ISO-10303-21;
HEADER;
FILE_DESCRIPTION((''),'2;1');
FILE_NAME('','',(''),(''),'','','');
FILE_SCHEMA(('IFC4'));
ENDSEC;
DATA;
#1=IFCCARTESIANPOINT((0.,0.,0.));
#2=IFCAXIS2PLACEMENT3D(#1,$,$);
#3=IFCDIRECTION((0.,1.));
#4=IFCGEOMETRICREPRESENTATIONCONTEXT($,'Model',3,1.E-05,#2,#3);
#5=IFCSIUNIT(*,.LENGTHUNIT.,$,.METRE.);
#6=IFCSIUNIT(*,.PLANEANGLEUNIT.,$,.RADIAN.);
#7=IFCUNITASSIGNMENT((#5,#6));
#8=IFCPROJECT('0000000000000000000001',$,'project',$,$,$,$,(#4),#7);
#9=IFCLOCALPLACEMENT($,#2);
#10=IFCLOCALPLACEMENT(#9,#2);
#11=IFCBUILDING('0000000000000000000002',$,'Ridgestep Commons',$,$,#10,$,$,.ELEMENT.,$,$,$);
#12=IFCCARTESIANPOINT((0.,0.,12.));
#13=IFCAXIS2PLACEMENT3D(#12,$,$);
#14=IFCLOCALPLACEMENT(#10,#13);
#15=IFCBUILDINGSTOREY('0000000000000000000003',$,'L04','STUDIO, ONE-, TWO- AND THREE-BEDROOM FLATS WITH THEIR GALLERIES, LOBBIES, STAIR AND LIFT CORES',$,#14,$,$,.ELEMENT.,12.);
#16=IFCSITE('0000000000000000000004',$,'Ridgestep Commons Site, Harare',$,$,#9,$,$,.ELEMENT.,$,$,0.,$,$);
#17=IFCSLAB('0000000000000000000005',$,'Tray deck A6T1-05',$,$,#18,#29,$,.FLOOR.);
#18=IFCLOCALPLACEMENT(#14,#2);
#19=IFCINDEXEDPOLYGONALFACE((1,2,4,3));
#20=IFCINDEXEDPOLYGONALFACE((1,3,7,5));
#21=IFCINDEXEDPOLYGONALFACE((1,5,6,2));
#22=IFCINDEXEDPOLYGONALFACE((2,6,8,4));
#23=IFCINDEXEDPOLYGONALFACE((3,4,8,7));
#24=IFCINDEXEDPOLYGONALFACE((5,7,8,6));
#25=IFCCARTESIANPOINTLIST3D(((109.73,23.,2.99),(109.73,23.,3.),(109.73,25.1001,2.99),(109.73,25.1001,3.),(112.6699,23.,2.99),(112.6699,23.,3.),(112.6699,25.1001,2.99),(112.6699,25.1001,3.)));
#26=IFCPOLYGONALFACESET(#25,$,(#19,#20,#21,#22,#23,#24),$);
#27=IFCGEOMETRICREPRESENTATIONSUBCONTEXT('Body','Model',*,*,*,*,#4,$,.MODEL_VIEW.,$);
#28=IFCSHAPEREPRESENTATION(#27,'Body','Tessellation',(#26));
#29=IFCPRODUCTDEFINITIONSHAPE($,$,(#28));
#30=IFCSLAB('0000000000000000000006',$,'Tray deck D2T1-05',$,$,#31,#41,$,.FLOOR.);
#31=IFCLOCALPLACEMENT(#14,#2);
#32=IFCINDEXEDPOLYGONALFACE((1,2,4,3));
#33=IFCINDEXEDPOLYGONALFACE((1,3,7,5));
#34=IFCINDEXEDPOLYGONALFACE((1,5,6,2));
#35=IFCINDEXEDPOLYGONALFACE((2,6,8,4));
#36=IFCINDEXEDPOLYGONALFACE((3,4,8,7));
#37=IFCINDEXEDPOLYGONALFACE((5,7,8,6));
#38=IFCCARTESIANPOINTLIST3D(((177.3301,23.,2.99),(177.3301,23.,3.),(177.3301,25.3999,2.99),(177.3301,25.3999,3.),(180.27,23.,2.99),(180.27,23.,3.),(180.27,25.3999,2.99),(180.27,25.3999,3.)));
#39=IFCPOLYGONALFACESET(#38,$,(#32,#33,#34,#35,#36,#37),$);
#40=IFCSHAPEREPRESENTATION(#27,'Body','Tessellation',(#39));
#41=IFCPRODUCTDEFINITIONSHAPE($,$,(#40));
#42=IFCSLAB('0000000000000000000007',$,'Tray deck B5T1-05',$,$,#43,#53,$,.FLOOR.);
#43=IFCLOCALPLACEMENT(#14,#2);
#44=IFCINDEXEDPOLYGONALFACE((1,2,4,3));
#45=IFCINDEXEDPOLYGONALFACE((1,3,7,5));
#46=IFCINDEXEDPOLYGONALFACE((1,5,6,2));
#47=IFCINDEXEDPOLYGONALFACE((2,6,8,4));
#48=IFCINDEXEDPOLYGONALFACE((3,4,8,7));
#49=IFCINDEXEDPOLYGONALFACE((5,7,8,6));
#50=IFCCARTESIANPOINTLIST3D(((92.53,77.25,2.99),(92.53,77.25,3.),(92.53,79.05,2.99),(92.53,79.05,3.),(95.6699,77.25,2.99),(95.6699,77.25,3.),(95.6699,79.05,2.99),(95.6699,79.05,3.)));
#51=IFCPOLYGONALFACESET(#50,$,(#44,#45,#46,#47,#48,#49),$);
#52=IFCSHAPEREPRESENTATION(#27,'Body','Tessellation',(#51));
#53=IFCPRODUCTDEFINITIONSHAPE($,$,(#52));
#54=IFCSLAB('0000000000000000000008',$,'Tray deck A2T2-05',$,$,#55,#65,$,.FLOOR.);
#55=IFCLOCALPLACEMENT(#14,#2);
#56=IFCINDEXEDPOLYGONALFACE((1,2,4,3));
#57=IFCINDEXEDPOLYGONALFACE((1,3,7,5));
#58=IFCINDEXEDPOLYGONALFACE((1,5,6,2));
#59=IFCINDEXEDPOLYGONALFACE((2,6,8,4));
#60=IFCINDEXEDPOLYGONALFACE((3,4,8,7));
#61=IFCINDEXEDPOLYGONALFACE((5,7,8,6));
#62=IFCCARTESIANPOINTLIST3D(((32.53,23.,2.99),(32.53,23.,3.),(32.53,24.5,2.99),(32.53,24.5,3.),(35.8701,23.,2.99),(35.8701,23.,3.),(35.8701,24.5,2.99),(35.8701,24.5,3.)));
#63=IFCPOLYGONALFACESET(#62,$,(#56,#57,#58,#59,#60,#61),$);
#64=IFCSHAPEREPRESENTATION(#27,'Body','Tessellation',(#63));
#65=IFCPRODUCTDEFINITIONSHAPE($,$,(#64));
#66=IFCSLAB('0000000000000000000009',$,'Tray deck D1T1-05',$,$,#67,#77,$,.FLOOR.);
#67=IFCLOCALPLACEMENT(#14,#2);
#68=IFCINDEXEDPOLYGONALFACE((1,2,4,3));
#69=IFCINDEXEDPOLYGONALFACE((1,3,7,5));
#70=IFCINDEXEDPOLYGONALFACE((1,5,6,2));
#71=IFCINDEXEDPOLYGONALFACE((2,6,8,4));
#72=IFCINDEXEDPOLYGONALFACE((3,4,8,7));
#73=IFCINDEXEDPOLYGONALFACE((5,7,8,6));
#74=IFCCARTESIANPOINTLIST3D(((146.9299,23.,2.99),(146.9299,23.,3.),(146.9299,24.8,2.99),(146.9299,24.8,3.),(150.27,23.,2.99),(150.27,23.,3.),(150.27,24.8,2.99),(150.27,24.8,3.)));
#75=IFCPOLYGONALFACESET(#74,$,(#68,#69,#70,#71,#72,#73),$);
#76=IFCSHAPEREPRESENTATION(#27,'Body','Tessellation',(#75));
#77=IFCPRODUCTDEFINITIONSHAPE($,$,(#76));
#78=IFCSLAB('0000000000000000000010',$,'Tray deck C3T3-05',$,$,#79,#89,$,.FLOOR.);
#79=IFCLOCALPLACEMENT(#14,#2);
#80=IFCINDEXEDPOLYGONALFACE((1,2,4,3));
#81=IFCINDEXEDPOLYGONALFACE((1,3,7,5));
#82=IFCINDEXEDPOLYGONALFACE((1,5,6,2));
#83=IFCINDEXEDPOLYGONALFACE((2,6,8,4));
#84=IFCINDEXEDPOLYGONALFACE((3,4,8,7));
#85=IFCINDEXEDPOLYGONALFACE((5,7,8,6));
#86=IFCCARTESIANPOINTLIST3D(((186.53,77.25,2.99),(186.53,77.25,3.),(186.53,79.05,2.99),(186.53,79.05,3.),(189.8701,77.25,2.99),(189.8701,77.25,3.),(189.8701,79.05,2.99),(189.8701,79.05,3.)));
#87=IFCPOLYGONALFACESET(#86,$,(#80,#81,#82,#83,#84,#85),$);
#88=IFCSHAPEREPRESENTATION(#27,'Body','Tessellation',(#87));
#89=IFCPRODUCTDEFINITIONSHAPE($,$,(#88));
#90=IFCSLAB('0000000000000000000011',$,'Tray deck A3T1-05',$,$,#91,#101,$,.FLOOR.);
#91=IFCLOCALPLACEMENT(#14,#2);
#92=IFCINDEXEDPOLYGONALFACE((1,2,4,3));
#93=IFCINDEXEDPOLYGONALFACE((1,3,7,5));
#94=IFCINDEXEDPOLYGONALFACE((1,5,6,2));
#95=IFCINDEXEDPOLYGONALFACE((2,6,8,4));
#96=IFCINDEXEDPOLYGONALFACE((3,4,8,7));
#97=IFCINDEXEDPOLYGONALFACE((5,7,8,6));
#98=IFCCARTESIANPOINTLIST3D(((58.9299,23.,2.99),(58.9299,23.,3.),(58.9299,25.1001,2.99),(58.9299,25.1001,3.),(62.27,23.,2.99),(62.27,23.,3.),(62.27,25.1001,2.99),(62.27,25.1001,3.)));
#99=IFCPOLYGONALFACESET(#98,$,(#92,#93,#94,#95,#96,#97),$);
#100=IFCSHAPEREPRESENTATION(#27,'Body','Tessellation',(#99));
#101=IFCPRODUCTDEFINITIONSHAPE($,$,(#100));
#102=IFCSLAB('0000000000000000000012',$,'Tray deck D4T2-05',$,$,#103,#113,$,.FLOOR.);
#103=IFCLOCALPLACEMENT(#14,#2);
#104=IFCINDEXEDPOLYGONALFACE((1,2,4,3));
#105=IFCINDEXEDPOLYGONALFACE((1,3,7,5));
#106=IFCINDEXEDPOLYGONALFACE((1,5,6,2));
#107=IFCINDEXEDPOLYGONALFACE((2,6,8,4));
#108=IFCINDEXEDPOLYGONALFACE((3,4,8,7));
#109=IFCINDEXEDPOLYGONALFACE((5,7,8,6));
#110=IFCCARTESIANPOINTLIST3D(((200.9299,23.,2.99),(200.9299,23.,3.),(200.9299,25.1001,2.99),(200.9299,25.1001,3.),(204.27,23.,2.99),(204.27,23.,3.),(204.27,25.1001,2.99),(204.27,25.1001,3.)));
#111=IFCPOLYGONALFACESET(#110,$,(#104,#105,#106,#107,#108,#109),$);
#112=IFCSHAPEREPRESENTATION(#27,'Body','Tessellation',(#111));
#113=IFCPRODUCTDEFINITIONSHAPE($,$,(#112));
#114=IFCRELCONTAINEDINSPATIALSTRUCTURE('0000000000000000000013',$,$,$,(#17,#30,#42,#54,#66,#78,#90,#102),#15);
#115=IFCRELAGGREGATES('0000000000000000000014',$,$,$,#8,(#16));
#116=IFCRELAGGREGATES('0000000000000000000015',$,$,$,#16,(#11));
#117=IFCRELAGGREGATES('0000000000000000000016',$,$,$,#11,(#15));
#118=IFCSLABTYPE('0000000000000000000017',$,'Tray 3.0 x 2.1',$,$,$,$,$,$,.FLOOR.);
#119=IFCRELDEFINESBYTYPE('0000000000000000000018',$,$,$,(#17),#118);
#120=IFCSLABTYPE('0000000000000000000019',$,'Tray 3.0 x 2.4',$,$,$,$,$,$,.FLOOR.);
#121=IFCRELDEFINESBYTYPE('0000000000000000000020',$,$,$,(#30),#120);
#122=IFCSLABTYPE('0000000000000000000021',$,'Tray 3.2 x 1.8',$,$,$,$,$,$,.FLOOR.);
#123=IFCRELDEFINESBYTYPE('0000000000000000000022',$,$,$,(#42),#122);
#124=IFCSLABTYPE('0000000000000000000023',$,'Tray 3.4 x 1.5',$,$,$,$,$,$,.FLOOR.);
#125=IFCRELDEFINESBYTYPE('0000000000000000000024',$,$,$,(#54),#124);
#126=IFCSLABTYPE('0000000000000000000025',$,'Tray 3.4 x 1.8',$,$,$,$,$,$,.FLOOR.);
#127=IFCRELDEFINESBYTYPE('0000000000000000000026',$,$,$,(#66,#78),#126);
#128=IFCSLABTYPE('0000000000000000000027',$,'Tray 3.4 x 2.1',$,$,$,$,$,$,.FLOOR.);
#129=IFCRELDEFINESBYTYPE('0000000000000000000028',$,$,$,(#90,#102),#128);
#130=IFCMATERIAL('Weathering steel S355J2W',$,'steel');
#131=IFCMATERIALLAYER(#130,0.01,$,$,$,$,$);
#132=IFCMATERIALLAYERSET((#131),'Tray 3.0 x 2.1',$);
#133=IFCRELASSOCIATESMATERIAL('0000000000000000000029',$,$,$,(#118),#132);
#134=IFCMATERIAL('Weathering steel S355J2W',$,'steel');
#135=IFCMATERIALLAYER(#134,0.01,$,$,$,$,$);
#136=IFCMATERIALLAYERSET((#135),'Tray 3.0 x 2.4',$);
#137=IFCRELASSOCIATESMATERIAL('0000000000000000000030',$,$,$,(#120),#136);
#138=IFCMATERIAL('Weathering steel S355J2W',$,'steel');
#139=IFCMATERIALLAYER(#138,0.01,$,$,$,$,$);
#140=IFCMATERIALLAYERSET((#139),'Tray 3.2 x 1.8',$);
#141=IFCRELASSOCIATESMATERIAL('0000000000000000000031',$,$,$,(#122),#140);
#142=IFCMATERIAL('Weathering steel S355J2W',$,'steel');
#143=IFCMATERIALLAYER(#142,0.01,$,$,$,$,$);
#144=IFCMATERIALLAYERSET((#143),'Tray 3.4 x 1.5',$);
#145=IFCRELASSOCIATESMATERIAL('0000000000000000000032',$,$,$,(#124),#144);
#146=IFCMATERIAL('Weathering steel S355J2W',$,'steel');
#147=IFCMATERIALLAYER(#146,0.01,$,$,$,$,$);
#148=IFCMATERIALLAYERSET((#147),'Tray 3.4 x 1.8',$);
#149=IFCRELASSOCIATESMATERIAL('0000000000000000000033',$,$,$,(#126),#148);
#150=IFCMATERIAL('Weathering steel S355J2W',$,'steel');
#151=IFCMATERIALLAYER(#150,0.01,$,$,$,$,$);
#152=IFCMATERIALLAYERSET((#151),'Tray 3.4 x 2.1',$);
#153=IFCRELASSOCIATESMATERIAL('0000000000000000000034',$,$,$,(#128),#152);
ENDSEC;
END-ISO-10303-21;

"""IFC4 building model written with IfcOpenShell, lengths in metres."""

from ifc_helpers import new_model, si_unit, direction, frame, origin, place, context, subcontext, project, spatial, polyline, outline, extrude, material, layer, layer_set, type_object, element, save


model = new_model("IFC4")

# Units and contexts
model_context = context("Model", 3, precision=1e-05, world=origin(), true_north=direction((0.0, 1.0)))
body_context = subcontext(model_context, "Body", "Model", "MODEL_VIEW")
ifc_project = project(units=[si_unit("LENGTHUNIT", "METRE"), si_unit("PLANEANGLEUNIT", "RADIAN")], contexts=[model_context])

# Site, building, storey
site_placement = place(None, origin())
site = spatial("IfcSite", under=ifc_project, at=site_placement, Name="Ridgestep Commons Site, Harare", CompositionType="ELEMENT", RefElevation=0.0)
building_placement = place(site_placement, origin())
building = spatial("IfcBuilding", under=site, at=building_placement, Name="Ridgestep Commons", CompositionType="ELEMENT")
storey_placement = place(building_placement, frame((0.0, 0.0, 12.0)))
storey = spatial("IfcBuildingStorey", under=building, at=storey_placement, Name="L04", Description="STUDIO, ONE-, TWO- AND THREE-BEDROOM FLATS WITH THEIR GALLERIES, LOBBIES, STAIR AND LIFT CORES", CompositionType="ELEMENT", Elevation=12.0)

# Slabs
ifc_material_1 = material(Name="Weathering steel S355J2W", Category="steel")
ifc_layer_1 = layer(ifc_material_1, 0.01)
ifc_layer_set_1 = layer_set([ifc_layer_1], Name="Tray 3.0 x 2.1")
slab_type_1 = type_object("IfcSlabType", Name="Tray 3.0 x 2.1", PredefinedType="FLOOR", material=ifc_layer_set_1)
slab_1_placement = place(storey_placement, frame((0.0, 0.0, 2.99)))
element("IfcSlab", 1, at=slab_1_placement, inside=storey, type_object=slab_type_1, Name="Tray deck A6T1-05", PredefinedType="FLOOR", context=body_context, shape_type="SweptSolid", body=[
    extrude(outline(polyline([(109.73, 23.0), (112.6699, 23.0), (112.6699, 25.1001), (109.73, 25.1001), (109.73, 23.0)])), origin(), (0.0, 0.0, 1.0), 0.01),
])
ifc_material_2 = material(Name="Weathering steel S355J2W", Category="steel")
ifc_layer_2 = layer(ifc_material_2, 0.01)
ifc_layer_set_2 = layer_set([ifc_layer_2], Name="Tray 3.0 x 2.4")
slab_type_2 = type_object("IfcSlabType", Name="Tray 3.0 x 2.4", PredefinedType="FLOOR", material=ifc_layer_set_2)
slab_2_placement = place(storey_placement, frame((0.0, 0.0, 2.99)))
element("IfcSlab", 2, at=slab_2_placement, inside=storey, type_object=slab_type_2, Name="Tray deck D2T1-05", PredefinedType="FLOOR", context=body_context, shape_type="SweptSolid", body=[
    extrude(outline(polyline([(177.3301, 23.0), (180.27, 23.0), (180.27, 25.3999), (177.3301, 25.3999), (177.3301, 23.0)])), origin(), (0.0, 0.0, 1.0), 0.01),
])
ifc_material_3 = material(Name="Weathering steel S355J2W", Category="steel")
ifc_layer_3 = layer(ifc_material_3, 0.01)
ifc_layer_set_3 = layer_set([ifc_layer_3], Name="Tray 3.2 x 1.8")
slab_type_3 = type_object("IfcSlabType", Name="Tray 3.2 x 1.8", PredefinedType="FLOOR", material=ifc_layer_set_3)
slab_3_placement = place(storey_placement, frame((0.0, 0.0, 2.99)))
element("IfcSlab", 3, at=slab_3_placement, inside=storey, type_object=slab_type_3, Name="Tray deck B5T1-05", PredefinedType="FLOOR", context=body_context, shape_type="SweptSolid", body=[
    extrude(outline(polyline([(92.53, 77.25), (95.6699, 77.25), (95.6699, 79.05), (92.53, 79.05), (92.53, 77.25)])), origin(), (0.0, 0.0, 1.0), 0.01),
])
ifc_material_4 = material(Name="Weathering steel S355J2W", Category="steel")
ifc_layer_4 = layer(ifc_material_4, 0.01)
ifc_layer_set_4 = layer_set([ifc_layer_4], Name="Tray 3.4 x 1.5")
slab_type_4 = type_object("IfcSlabType", Name="Tray 3.4 x 1.5", PredefinedType="FLOOR", material=ifc_layer_set_4)
slab_4_placement = place(storey_placement, frame((0.0, 0.0, 2.99)))
element("IfcSlab", 4, at=slab_4_placement, inside=storey, type_object=slab_type_4, Name="Tray deck A2T2-05", PredefinedType="FLOOR", context=body_context, shape_type="SweptSolid", body=[
    extrude(outline(polyline([(32.53, 23.0), (35.8701, 23.0), (35.8701, 24.5), (32.53, 24.5), (32.53, 23.0)])), origin(), (0.0, 0.0, 1.0), 0.01),
])
ifc_material_5 = material(Name="Weathering steel S355J2W", Category="steel")
ifc_layer_5 = layer(ifc_material_5, 0.01)
ifc_layer_set_5 = layer_set([ifc_layer_5], Name="Tray 3.4 x 1.8")
slab_type_5 = type_object("IfcSlabType", Name="Tray 3.4 x 1.8", PredefinedType="FLOOR", material=ifc_layer_set_5)
slab_5_placement = place(storey_placement, frame((0.0, 0.0, 2.99)))
element("IfcSlab", 5, at=slab_5_placement, inside=storey, type_object=slab_type_5, Name="Tray deck D1T1-05", PredefinedType="FLOOR", context=body_context, shape_type="SweptSolid", body=[
    extrude(outline(polyline([(146.9299, 23.0), (150.27, 23.0), (150.27, 24.8), (146.9299, 24.8), (146.9299, 23.0)])), origin(), (0.0, 0.0, 1.0), 0.01),
])
slab_6_placement = place(storey_placement, frame((0.0, 0.0, 2.99)))
element("IfcSlab", 6, at=slab_6_placement, inside=storey, type_object=slab_type_5, Name="Tray deck C3T3-05", PredefinedType="FLOOR", context=body_context, shape_type="SweptSolid", body=[
    extrude(outline(polyline([(186.53, 77.25), (189.8701, 77.25), (189.8701, 79.05), (186.53, 79.05), (186.53, 77.25)])), origin(), (0.0, 0.0, 1.0), 0.01),
])
ifc_material_6 = material(Name="Weathering steel S355J2W", Category="steel")
ifc_layer_6 = layer(ifc_material_6, 0.01)
ifc_layer_set_6 = layer_set([ifc_layer_6], Name="Tray 3.4 x 2.1")
slab_type_6 = type_object("IfcSlabType", Name="Tray 3.4 x 2.1", PredefinedType="FLOOR", material=ifc_layer_set_6)
slab_7_placement = place(storey_placement, frame((0.0, 0.0, 2.99)))
element("IfcSlab", 7, at=slab_7_placement, inside=storey, type_object=slab_type_6, Name="Tray deck A3T1-05", PredefinedType="FLOOR", context=body_context, shape_type="SweptSolid", body=[
    extrude(outline(polyline([(58.9299, 23.0), (62.27, 23.0), (62.27, 25.1001), (58.9299, 25.1001), (58.9299, 23.0)])), origin(), (0.0, 0.0, 1.0), 0.01),
])
slab_8_placement = place(storey_placement, frame((0.0, 0.0, 2.99)))
element("IfcSlab", 8, at=slab_8_placement, inside=storey, type_object=slab_type_6, Name="Tray deck D4T2-05", PredefinedType="FLOOR", context=body_context, shape_type="SweptSolid", body=[
    extrude(outline(polyline([(200.9299, 23.0), (204.27, 23.0), (204.27, 25.1001), (200.9299, 25.1001), (200.9299, 23.0)])), origin(), (0.0, 0.0, 1.0), 0.01),
])

save(model, "model.ifc")
